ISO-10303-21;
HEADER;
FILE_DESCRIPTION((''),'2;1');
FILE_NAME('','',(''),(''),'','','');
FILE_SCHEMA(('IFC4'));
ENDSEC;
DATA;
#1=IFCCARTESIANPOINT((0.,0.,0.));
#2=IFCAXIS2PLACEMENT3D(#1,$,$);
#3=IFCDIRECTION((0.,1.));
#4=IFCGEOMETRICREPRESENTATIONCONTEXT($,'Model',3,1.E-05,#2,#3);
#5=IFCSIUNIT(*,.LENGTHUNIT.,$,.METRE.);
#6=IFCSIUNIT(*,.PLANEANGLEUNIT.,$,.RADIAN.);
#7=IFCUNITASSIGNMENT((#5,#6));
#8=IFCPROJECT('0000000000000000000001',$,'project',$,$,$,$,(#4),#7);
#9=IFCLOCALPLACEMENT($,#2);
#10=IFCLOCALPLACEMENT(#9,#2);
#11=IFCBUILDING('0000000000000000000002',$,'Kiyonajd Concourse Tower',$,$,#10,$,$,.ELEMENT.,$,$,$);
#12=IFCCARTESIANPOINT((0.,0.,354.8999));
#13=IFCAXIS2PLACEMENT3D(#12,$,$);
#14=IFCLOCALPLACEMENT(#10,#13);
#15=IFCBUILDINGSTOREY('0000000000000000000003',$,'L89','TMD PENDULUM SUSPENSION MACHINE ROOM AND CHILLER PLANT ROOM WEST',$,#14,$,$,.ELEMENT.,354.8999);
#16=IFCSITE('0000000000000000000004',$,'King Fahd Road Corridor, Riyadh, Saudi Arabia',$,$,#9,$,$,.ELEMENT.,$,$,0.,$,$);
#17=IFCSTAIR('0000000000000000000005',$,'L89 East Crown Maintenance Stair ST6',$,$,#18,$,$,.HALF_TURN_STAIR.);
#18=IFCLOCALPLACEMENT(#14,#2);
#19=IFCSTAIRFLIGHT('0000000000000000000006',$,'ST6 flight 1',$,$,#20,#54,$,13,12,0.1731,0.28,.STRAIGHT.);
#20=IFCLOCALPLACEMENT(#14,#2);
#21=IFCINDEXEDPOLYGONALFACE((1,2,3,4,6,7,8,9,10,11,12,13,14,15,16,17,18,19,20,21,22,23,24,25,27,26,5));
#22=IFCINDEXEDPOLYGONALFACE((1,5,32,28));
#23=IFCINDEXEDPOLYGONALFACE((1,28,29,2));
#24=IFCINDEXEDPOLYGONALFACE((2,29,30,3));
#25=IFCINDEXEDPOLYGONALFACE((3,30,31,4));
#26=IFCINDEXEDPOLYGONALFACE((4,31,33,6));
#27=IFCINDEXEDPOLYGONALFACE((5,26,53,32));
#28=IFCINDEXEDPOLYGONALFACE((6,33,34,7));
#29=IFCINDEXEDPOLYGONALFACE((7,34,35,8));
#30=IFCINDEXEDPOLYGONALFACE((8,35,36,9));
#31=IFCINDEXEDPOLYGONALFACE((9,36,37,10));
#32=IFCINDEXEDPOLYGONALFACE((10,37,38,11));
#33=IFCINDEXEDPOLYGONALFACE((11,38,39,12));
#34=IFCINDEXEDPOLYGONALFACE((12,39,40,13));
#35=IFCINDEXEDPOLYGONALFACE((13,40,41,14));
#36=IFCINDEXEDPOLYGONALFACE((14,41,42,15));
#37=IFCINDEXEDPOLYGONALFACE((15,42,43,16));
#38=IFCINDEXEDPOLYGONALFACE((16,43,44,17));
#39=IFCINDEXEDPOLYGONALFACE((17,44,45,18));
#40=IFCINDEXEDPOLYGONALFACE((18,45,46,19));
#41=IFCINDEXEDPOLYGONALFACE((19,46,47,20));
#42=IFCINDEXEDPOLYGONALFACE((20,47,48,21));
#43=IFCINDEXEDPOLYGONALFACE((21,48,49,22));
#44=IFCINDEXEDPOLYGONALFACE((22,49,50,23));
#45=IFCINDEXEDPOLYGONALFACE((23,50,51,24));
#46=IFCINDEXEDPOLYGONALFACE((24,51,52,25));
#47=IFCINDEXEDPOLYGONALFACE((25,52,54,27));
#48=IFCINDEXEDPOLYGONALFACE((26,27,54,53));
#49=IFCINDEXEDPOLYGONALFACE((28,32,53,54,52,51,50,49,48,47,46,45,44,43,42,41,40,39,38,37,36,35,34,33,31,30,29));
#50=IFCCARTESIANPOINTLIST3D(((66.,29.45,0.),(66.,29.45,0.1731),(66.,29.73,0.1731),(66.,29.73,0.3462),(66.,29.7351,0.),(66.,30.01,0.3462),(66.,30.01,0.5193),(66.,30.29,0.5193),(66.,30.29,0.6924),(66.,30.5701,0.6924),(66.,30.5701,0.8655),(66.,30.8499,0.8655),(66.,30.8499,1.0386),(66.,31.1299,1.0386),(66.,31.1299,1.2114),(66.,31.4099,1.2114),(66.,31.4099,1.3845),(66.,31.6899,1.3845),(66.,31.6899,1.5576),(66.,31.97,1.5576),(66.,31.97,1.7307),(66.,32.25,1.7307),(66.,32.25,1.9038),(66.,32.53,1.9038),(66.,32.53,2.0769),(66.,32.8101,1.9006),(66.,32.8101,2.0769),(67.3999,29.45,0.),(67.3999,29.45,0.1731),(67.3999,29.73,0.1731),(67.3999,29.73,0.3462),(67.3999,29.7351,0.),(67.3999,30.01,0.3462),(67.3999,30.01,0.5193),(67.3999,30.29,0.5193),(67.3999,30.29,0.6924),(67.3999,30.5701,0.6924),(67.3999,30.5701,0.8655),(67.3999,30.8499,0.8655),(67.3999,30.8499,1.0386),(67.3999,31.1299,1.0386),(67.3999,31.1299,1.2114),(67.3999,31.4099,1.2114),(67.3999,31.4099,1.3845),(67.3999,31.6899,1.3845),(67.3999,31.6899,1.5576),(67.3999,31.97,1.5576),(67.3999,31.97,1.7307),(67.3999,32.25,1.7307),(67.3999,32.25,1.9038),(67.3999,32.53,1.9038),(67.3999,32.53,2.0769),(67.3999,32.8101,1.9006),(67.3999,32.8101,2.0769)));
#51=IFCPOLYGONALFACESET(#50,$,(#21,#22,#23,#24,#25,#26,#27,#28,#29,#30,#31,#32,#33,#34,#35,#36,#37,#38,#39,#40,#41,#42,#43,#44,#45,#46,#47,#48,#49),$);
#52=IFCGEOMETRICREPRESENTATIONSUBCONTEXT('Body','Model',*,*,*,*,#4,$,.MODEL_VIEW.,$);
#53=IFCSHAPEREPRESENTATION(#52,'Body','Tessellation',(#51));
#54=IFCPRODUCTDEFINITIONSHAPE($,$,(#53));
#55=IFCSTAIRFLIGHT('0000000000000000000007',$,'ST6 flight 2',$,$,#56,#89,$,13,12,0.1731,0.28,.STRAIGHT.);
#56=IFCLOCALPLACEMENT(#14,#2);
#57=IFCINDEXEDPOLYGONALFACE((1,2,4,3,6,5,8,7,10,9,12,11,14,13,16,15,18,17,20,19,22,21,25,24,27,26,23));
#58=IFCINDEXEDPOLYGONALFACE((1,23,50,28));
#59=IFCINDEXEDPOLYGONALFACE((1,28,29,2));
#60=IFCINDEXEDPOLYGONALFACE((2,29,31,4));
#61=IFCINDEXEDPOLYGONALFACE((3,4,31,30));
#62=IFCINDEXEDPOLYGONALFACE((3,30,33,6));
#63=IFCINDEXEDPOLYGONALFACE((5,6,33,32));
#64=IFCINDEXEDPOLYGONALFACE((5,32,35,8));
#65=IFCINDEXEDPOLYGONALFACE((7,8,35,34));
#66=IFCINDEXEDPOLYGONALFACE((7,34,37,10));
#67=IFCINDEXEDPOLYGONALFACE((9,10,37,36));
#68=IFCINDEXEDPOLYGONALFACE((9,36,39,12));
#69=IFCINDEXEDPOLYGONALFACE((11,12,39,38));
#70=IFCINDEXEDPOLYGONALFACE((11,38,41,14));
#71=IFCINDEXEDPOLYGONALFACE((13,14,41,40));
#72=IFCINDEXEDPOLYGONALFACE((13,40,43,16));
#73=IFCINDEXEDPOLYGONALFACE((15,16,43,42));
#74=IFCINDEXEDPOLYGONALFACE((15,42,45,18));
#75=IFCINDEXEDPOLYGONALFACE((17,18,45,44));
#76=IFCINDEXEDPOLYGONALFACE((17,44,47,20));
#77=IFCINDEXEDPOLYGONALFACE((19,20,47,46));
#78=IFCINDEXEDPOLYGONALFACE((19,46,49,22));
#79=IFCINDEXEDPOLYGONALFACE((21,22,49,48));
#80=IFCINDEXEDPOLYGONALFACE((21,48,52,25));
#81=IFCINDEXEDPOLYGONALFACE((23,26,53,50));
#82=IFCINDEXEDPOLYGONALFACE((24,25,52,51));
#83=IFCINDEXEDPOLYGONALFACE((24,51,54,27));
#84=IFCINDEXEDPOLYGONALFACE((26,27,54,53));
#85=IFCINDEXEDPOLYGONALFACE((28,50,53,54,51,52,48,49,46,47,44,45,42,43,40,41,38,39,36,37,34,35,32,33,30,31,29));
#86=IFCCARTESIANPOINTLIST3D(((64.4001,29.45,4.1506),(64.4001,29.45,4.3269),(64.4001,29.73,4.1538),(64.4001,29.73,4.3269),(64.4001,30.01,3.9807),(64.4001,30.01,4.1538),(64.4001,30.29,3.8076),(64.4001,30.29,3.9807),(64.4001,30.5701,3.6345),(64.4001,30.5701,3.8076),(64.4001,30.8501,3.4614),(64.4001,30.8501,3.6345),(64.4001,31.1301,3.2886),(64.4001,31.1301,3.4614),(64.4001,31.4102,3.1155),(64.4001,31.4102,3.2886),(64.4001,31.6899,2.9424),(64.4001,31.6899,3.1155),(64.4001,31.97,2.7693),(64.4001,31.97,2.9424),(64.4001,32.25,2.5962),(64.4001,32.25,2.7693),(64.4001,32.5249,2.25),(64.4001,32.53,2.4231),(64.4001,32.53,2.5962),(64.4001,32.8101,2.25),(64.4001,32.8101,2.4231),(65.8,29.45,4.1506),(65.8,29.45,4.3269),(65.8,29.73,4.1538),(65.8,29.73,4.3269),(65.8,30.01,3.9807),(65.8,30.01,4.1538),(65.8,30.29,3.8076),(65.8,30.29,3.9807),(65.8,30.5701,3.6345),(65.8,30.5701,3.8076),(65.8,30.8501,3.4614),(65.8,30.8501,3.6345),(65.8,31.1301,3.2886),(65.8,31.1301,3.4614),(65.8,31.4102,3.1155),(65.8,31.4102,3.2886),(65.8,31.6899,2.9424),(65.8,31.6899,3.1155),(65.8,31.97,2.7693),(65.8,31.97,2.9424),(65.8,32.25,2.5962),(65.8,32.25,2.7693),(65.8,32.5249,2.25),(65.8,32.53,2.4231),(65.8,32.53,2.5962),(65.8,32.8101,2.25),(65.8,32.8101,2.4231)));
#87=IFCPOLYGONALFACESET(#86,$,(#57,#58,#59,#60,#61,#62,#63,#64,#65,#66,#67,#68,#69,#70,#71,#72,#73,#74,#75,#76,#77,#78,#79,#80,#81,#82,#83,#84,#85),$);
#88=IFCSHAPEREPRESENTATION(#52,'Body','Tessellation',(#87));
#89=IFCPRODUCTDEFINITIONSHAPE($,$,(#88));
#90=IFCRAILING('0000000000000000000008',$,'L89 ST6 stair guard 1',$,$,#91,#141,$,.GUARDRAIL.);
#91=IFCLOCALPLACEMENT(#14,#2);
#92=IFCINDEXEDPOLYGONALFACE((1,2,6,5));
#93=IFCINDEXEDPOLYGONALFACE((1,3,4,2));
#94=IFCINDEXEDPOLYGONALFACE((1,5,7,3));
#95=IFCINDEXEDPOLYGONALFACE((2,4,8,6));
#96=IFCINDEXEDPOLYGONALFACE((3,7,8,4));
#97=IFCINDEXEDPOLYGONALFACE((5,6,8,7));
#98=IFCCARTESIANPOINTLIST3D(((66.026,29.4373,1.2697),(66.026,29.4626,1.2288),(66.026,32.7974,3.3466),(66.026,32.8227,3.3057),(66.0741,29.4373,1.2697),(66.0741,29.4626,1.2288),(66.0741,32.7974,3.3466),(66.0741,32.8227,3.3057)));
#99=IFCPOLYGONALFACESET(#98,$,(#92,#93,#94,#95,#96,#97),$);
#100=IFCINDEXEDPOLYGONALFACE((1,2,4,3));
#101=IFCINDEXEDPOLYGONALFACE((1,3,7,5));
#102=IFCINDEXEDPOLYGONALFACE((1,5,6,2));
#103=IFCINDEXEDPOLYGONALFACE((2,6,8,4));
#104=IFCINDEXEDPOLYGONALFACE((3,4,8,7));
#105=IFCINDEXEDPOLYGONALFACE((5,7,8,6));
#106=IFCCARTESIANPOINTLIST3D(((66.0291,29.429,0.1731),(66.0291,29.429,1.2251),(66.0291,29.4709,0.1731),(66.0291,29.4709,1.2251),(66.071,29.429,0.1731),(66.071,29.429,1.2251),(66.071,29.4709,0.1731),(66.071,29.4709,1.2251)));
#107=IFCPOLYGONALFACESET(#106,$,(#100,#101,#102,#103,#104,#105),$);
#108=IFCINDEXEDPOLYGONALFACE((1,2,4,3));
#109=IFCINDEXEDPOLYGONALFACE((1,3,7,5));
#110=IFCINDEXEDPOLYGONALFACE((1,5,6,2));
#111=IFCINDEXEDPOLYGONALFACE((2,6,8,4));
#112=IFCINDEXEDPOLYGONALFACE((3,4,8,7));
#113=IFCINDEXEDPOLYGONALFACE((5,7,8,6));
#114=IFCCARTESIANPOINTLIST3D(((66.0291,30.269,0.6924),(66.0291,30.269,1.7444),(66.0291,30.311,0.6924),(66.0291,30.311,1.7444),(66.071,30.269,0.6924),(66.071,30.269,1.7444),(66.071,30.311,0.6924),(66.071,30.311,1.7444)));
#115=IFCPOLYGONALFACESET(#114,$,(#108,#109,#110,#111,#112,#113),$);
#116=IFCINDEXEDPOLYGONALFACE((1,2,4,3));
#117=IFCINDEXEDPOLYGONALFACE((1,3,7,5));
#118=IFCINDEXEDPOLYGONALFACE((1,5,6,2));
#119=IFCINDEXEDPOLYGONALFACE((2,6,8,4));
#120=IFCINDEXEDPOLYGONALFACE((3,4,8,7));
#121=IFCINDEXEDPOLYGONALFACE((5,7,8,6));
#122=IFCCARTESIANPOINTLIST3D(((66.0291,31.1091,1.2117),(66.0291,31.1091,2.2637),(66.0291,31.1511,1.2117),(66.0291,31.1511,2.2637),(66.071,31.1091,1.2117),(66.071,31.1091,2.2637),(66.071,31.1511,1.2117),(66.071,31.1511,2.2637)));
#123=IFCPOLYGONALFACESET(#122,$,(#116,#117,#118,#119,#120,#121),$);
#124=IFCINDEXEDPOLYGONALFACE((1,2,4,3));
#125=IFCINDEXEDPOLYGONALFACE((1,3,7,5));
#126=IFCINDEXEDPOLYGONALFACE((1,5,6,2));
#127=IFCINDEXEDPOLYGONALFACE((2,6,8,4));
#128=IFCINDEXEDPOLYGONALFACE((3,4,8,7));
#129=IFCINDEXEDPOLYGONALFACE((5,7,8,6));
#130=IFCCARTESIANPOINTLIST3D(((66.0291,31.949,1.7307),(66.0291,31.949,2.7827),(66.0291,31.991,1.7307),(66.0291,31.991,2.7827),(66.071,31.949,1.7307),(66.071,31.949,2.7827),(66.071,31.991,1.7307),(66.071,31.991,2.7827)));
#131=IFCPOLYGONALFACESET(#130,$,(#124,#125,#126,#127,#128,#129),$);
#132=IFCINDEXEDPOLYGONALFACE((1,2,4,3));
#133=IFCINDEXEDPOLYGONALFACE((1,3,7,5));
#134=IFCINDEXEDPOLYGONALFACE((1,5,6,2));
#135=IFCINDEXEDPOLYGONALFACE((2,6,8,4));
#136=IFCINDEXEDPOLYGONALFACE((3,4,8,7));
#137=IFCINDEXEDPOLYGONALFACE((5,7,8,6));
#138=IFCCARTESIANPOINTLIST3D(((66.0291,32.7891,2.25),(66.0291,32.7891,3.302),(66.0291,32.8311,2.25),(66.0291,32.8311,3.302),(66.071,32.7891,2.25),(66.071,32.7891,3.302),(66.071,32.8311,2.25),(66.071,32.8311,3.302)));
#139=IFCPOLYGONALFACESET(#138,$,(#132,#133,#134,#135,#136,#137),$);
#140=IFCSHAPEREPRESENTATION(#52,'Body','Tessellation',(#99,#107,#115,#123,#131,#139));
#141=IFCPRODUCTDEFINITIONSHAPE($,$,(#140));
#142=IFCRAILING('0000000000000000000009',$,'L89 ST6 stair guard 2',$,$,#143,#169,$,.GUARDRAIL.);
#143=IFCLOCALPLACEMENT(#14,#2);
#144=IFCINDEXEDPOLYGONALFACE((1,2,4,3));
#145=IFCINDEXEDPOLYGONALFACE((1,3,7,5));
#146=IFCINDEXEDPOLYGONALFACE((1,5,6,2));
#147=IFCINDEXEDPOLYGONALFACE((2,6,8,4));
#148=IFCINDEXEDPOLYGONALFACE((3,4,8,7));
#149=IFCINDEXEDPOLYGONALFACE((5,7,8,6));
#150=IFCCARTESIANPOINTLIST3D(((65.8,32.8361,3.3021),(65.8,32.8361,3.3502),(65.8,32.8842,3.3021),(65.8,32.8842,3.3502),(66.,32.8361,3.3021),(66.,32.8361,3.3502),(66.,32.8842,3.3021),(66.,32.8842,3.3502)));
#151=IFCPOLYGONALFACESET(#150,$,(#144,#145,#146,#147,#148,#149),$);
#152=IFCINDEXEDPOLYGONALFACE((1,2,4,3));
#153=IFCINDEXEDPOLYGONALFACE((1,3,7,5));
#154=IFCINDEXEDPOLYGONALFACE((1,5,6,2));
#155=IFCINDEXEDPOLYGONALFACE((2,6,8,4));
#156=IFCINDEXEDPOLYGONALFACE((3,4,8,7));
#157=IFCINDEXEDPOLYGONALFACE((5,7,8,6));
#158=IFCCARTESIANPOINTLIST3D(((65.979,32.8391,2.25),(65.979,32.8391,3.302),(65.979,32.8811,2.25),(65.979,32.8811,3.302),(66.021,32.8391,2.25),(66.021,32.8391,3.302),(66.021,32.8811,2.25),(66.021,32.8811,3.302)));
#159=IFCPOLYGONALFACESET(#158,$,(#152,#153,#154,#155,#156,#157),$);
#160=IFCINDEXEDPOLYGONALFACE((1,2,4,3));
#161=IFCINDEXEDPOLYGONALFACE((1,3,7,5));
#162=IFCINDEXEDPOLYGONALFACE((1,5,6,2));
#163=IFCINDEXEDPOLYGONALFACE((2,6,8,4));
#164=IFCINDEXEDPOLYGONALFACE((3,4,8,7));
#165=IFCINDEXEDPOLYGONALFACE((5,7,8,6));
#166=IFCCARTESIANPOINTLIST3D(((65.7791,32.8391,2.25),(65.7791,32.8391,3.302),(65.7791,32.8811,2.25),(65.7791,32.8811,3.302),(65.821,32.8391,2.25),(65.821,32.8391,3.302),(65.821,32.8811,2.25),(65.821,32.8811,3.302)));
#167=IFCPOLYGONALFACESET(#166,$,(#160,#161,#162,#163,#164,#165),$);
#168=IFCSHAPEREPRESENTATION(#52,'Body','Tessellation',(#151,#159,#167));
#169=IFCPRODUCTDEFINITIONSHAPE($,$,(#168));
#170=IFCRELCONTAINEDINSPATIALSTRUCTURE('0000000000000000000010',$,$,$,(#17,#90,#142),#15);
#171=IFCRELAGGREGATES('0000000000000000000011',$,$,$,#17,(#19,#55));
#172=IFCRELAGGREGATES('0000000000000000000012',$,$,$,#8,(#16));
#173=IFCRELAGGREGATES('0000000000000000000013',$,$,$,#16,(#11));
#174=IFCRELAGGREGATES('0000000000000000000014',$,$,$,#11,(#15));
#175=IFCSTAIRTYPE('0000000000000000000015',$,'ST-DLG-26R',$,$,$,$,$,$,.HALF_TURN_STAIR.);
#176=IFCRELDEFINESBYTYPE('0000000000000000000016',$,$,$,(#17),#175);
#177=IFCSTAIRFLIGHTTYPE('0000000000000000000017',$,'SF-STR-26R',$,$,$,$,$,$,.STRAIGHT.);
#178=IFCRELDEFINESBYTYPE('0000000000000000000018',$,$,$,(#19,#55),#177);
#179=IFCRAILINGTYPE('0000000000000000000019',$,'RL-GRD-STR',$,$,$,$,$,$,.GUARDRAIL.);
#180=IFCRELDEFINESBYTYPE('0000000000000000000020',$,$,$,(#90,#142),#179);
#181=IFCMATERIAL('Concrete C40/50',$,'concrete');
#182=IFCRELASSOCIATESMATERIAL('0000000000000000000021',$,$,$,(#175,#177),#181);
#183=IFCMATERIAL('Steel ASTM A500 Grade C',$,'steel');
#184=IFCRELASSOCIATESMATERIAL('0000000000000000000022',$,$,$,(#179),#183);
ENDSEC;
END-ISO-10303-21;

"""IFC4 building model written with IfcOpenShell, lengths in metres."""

from ifc_helpers import new_model, si_unit, direction, frame, origin, origin_2d, place, context, subcontext, project, spatial, polyline, rectangle, outline, extrude, material, type_object, element, aggregate, save


model = new_model("IFC4")

# Units and contexts
model_context = context("Model", 3, precision=1e-05, world=origin(), true_north=direction((0.0, 1.0)))
body_context = subcontext(model_context, "Body", "Model", "MODEL_VIEW")
ifc_project = project(units=[si_unit("LENGTHUNIT", "METRE"), si_unit("PLANEANGLEUNIT", "RADIAN")], contexts=[model_context])

# Site, building, storey
site_placement = place(None, origin())
site = spatial("IfcSite", under=ifc_project, at=site_placement, Name="King Fahd Road Corridor, Riyadh, Saudi Arabia", CompositionType="ELEMENT", RefElevation=0.0)
building_placement = place(site_placement, origin())
building = spatial("IfcBuilding", under=site, at=building_placement, Name="Kiyonajd Concourse Tower", CompositionType="ELEMENT")
storey_placement = place(building_placement, frame((0.0, 0.0, 354.8999)))
storey = spatial("IfcBuildingStorey", under=building, at=storey_placement, Name="L89", Description="TMD PENDULUM SUSPENSION MACHINE ROOM AND CHILLER PLANT ROOM WEST", CompositionType="ELEMENT", Elevation=354.8999)

# Shared definitions
ifc_material_1 = material(Name="Steel ASTM A500 Grade C", Category="steel")

# Stair, stair flights
ifc_material_2 = material(Name="Concrete C40/50", Category="concrete")
stair_type = type_object("IfcStairType", Name="ST-DLG-26R", PredefinedType="HALF_TURN_STAIR", material=ifc_material_2)
stair_placement = place(storey_placement, origin())
stair = element("IfcStair", 1, at=stair_placement, inside=storey, type_object=stair_type, Name="L89 East Crown Maintenance Stair ST6", PredefinedType="HALF_TURN_STAIR")
stair_flight_type = type_object("IfcStairFlightType", Name="SF-STR-26R", PredefinedType="STRAIGHT", material=ifc_material_2)
stair_flight_1_placement = place(storey_placement, frame((66.7, 29.45, 0.0), z_axis=(0.0, 0.0, 1.0), x_axis=(0.0, 1.0, 0.0)))
stair_flight_1 = element("IfcStairFlight", 2, at=stair_flight_1_placement, type_object=stair_flight_type, Name="ST6 flight 1", NumberOfRisers=13, NumberOfTreads=12, PredefinedType="STRAIGHT", RiserHeight=0.1731, TreadLength=0.28, context=body_context, shape_type="SweptSolid", body=[
    extrude(outline(polyline([(0.0, 0.0), (0.0, 0.1731), (0.28, 0.1731), (0.28, 0.3462), (0.5601, 0.3462), (0.5601, 0.5193), (0.8401, 0.5193), (0.8401, 0.6924), (1.1201, 0.6924), (1.1201, 0.8655), (1.3999, 0.8655), (1.3999, 1.0386), (1.6799, 1.0386), (1.6799, 1.2114), (1.96, 1.2114), (1.96, 1.3845), (2.24, 1.3845), (2.24, 1.5576), (2.52, 1.5576), (2.52, 1.7307), (2.8, 1.7307), (2.8, 1.9038), (3.0801, 1.9038), (3.0801, 2.0769), (3.3601, 2.0769), (3.3601, 2.25), (3.3601, 1.9006), (0.2852, 0.0), (0.0, 0.0)])), frame((0.0, 0.7, 0.0), z_axis=(0.0, -1.0, 0.0), x_axis=(1.0, 0.0, 0.0)), (0.0, 0.0, 1.0), 1.3999),
])
stair_flight_2_placement = place(storey_placement, frame((65.1001, 32.8101, 2.25), z_axis=(0.0, 0.0, 1.0), x_axis=(0.0, -1.0, 0.0)))
stair_flight_2 = element("IfcStairFlight", 3, at=stair_flight_2_placement, type_object=stair_flight_type, Name="ST6 flight 2", NumberOfRisers=13, NumberOfTreads=12, PredefinedType="STRAIGHT", RiserHeight=0.1731, TreadLength=0.28, context=body_context, shape_type="SweptSolid", body=[
    extrude(outline(polyline([(0.0, 0.0), (0.0, 0.1731), (0.28, 0.1731), (0.28, 0.3462), (0.5601, 0.3462), (0.5601, 0.5193), (0.8401, 0.5193), (0.8401, 0.6924), (1.1201, 0.6924), (1.1201, 0.8655), (1.3999, 0.8655), (1.3999, 1.0386), (1.6799, 1.0386), (1.6799, 1.2114), (1.96, 1.2114), (1.96, 1.3845), (2.24, 1.3845), (2.24, 1.5576), (2.52, 1.5576), (2.52, 1.7307), (2.8, 1.7307), (2.8, 1.9038), (3.0801, 1.9038), (3.0801, 2.0769), (3.3601, 2.0769), (3.3601, 2.25), (3.3601, 1.9006), (0.2852, 0.0), (0.0, 0.0)])), frame((0.0, 0.7, 0.0), z_axis=(0.0, -1.0, 0.0), x_axis=(1.0, 0.0, 0.0)), (0.0, 0.0, 1.0), 1.3999),
])
aggregate(stair, [stair_flight_1, stair_flight_2])

# Railings
railing_type_1 = type_object("IfcRailingType", Name="RL-GRD-STR", PredefinedType="GUARDRAIL", material=ifc_material_1)
railing_1_placement = place(storey_placement, frame((66.05, 29.45, 0.1731)))
element("IfcRailing", 4, at=railing_1_placement, inside=storey, type_object=railing_type_1, Name="L89 ST6 stair guard 1", PredefinedType="GUARDRAIL", context=body_context, shape_type="SweptSolid", body=[
    extrude(rectangle(XDim=0.0481, YDim=0.0481, at=origin_2d()), frame((0.0, 0.0, 1.0762), z_axis=(0.0, 0.850623, 0.525776), x_axis=(-1.0, 0.0, 0.0)), (0.0, 0.0, 1.0), 3.9502),
    extrude(rectangle(XDim=0.042, YDim=0.042, at=origin_2d()), origin(), (0.0, 0.0, 1.0), 1.052),
    extrude(rectangle(XDim=0.042, YDim=0.042, at=origin_2d()), frame((0.0, 0.8401, 0.5193)), (0.0, 0.0, 1.0), 1.052),
    extrude(rectangle(XDim=0.042, YDim=0.042, at=origin_2d()), frame((0.0, 1.6802, 1.0386)), (0.0, 0.0, 1.0), 1.052),
    extrude(rectangle(XDim=0.042, YDim=0.042, at=origin_2d()), frame((0.0, 2.52, 1.5576)), (0.0, 0.0, 1.0), 1.052),
    extrude(rectangle(XDim=0.042, YDim=0.042, at=origin_2d()), frame((0.0, 3.3601, 2.0769)), (0.0, 0.0, 1.0), 1.052),
])
railing_2_placement = place(storey_placement, frame((66.0, 32.8601, 2.25)))
element("IfcRailing", 5, at=railing_2_placement, inside=storey, type_object=railing_type_1, Name="L89 ST6 stair guard 2", PredefinedType="GUARDRAIL", context=body_context, shape_type="SweptSolid", body=[
    extrude(rectangle(XDim=0.0481, YDim=0.0481, at=origin_2d()), frame((0.0, 0.0, 1.0762), z_axis=(-1.0, 0.0, 0.0), x_axis=(0.0, -1.0, 0.0)), (0.0, 0.0, 1.0), 0.2),
    extrude(rectangle(XDim=0.042, YDim=0.042, at=origin_2d()), origin(), (0.0, 0.0, 1.0), 1.052),
    extrude(rectangle(XDim=0.042, YDim=0.042, at=origin_2d()), frame((-0.2, 0.0, 0.0)), (0.0, 0.0, 1.0), 1.052),
])

save(model, "model.ifc")
